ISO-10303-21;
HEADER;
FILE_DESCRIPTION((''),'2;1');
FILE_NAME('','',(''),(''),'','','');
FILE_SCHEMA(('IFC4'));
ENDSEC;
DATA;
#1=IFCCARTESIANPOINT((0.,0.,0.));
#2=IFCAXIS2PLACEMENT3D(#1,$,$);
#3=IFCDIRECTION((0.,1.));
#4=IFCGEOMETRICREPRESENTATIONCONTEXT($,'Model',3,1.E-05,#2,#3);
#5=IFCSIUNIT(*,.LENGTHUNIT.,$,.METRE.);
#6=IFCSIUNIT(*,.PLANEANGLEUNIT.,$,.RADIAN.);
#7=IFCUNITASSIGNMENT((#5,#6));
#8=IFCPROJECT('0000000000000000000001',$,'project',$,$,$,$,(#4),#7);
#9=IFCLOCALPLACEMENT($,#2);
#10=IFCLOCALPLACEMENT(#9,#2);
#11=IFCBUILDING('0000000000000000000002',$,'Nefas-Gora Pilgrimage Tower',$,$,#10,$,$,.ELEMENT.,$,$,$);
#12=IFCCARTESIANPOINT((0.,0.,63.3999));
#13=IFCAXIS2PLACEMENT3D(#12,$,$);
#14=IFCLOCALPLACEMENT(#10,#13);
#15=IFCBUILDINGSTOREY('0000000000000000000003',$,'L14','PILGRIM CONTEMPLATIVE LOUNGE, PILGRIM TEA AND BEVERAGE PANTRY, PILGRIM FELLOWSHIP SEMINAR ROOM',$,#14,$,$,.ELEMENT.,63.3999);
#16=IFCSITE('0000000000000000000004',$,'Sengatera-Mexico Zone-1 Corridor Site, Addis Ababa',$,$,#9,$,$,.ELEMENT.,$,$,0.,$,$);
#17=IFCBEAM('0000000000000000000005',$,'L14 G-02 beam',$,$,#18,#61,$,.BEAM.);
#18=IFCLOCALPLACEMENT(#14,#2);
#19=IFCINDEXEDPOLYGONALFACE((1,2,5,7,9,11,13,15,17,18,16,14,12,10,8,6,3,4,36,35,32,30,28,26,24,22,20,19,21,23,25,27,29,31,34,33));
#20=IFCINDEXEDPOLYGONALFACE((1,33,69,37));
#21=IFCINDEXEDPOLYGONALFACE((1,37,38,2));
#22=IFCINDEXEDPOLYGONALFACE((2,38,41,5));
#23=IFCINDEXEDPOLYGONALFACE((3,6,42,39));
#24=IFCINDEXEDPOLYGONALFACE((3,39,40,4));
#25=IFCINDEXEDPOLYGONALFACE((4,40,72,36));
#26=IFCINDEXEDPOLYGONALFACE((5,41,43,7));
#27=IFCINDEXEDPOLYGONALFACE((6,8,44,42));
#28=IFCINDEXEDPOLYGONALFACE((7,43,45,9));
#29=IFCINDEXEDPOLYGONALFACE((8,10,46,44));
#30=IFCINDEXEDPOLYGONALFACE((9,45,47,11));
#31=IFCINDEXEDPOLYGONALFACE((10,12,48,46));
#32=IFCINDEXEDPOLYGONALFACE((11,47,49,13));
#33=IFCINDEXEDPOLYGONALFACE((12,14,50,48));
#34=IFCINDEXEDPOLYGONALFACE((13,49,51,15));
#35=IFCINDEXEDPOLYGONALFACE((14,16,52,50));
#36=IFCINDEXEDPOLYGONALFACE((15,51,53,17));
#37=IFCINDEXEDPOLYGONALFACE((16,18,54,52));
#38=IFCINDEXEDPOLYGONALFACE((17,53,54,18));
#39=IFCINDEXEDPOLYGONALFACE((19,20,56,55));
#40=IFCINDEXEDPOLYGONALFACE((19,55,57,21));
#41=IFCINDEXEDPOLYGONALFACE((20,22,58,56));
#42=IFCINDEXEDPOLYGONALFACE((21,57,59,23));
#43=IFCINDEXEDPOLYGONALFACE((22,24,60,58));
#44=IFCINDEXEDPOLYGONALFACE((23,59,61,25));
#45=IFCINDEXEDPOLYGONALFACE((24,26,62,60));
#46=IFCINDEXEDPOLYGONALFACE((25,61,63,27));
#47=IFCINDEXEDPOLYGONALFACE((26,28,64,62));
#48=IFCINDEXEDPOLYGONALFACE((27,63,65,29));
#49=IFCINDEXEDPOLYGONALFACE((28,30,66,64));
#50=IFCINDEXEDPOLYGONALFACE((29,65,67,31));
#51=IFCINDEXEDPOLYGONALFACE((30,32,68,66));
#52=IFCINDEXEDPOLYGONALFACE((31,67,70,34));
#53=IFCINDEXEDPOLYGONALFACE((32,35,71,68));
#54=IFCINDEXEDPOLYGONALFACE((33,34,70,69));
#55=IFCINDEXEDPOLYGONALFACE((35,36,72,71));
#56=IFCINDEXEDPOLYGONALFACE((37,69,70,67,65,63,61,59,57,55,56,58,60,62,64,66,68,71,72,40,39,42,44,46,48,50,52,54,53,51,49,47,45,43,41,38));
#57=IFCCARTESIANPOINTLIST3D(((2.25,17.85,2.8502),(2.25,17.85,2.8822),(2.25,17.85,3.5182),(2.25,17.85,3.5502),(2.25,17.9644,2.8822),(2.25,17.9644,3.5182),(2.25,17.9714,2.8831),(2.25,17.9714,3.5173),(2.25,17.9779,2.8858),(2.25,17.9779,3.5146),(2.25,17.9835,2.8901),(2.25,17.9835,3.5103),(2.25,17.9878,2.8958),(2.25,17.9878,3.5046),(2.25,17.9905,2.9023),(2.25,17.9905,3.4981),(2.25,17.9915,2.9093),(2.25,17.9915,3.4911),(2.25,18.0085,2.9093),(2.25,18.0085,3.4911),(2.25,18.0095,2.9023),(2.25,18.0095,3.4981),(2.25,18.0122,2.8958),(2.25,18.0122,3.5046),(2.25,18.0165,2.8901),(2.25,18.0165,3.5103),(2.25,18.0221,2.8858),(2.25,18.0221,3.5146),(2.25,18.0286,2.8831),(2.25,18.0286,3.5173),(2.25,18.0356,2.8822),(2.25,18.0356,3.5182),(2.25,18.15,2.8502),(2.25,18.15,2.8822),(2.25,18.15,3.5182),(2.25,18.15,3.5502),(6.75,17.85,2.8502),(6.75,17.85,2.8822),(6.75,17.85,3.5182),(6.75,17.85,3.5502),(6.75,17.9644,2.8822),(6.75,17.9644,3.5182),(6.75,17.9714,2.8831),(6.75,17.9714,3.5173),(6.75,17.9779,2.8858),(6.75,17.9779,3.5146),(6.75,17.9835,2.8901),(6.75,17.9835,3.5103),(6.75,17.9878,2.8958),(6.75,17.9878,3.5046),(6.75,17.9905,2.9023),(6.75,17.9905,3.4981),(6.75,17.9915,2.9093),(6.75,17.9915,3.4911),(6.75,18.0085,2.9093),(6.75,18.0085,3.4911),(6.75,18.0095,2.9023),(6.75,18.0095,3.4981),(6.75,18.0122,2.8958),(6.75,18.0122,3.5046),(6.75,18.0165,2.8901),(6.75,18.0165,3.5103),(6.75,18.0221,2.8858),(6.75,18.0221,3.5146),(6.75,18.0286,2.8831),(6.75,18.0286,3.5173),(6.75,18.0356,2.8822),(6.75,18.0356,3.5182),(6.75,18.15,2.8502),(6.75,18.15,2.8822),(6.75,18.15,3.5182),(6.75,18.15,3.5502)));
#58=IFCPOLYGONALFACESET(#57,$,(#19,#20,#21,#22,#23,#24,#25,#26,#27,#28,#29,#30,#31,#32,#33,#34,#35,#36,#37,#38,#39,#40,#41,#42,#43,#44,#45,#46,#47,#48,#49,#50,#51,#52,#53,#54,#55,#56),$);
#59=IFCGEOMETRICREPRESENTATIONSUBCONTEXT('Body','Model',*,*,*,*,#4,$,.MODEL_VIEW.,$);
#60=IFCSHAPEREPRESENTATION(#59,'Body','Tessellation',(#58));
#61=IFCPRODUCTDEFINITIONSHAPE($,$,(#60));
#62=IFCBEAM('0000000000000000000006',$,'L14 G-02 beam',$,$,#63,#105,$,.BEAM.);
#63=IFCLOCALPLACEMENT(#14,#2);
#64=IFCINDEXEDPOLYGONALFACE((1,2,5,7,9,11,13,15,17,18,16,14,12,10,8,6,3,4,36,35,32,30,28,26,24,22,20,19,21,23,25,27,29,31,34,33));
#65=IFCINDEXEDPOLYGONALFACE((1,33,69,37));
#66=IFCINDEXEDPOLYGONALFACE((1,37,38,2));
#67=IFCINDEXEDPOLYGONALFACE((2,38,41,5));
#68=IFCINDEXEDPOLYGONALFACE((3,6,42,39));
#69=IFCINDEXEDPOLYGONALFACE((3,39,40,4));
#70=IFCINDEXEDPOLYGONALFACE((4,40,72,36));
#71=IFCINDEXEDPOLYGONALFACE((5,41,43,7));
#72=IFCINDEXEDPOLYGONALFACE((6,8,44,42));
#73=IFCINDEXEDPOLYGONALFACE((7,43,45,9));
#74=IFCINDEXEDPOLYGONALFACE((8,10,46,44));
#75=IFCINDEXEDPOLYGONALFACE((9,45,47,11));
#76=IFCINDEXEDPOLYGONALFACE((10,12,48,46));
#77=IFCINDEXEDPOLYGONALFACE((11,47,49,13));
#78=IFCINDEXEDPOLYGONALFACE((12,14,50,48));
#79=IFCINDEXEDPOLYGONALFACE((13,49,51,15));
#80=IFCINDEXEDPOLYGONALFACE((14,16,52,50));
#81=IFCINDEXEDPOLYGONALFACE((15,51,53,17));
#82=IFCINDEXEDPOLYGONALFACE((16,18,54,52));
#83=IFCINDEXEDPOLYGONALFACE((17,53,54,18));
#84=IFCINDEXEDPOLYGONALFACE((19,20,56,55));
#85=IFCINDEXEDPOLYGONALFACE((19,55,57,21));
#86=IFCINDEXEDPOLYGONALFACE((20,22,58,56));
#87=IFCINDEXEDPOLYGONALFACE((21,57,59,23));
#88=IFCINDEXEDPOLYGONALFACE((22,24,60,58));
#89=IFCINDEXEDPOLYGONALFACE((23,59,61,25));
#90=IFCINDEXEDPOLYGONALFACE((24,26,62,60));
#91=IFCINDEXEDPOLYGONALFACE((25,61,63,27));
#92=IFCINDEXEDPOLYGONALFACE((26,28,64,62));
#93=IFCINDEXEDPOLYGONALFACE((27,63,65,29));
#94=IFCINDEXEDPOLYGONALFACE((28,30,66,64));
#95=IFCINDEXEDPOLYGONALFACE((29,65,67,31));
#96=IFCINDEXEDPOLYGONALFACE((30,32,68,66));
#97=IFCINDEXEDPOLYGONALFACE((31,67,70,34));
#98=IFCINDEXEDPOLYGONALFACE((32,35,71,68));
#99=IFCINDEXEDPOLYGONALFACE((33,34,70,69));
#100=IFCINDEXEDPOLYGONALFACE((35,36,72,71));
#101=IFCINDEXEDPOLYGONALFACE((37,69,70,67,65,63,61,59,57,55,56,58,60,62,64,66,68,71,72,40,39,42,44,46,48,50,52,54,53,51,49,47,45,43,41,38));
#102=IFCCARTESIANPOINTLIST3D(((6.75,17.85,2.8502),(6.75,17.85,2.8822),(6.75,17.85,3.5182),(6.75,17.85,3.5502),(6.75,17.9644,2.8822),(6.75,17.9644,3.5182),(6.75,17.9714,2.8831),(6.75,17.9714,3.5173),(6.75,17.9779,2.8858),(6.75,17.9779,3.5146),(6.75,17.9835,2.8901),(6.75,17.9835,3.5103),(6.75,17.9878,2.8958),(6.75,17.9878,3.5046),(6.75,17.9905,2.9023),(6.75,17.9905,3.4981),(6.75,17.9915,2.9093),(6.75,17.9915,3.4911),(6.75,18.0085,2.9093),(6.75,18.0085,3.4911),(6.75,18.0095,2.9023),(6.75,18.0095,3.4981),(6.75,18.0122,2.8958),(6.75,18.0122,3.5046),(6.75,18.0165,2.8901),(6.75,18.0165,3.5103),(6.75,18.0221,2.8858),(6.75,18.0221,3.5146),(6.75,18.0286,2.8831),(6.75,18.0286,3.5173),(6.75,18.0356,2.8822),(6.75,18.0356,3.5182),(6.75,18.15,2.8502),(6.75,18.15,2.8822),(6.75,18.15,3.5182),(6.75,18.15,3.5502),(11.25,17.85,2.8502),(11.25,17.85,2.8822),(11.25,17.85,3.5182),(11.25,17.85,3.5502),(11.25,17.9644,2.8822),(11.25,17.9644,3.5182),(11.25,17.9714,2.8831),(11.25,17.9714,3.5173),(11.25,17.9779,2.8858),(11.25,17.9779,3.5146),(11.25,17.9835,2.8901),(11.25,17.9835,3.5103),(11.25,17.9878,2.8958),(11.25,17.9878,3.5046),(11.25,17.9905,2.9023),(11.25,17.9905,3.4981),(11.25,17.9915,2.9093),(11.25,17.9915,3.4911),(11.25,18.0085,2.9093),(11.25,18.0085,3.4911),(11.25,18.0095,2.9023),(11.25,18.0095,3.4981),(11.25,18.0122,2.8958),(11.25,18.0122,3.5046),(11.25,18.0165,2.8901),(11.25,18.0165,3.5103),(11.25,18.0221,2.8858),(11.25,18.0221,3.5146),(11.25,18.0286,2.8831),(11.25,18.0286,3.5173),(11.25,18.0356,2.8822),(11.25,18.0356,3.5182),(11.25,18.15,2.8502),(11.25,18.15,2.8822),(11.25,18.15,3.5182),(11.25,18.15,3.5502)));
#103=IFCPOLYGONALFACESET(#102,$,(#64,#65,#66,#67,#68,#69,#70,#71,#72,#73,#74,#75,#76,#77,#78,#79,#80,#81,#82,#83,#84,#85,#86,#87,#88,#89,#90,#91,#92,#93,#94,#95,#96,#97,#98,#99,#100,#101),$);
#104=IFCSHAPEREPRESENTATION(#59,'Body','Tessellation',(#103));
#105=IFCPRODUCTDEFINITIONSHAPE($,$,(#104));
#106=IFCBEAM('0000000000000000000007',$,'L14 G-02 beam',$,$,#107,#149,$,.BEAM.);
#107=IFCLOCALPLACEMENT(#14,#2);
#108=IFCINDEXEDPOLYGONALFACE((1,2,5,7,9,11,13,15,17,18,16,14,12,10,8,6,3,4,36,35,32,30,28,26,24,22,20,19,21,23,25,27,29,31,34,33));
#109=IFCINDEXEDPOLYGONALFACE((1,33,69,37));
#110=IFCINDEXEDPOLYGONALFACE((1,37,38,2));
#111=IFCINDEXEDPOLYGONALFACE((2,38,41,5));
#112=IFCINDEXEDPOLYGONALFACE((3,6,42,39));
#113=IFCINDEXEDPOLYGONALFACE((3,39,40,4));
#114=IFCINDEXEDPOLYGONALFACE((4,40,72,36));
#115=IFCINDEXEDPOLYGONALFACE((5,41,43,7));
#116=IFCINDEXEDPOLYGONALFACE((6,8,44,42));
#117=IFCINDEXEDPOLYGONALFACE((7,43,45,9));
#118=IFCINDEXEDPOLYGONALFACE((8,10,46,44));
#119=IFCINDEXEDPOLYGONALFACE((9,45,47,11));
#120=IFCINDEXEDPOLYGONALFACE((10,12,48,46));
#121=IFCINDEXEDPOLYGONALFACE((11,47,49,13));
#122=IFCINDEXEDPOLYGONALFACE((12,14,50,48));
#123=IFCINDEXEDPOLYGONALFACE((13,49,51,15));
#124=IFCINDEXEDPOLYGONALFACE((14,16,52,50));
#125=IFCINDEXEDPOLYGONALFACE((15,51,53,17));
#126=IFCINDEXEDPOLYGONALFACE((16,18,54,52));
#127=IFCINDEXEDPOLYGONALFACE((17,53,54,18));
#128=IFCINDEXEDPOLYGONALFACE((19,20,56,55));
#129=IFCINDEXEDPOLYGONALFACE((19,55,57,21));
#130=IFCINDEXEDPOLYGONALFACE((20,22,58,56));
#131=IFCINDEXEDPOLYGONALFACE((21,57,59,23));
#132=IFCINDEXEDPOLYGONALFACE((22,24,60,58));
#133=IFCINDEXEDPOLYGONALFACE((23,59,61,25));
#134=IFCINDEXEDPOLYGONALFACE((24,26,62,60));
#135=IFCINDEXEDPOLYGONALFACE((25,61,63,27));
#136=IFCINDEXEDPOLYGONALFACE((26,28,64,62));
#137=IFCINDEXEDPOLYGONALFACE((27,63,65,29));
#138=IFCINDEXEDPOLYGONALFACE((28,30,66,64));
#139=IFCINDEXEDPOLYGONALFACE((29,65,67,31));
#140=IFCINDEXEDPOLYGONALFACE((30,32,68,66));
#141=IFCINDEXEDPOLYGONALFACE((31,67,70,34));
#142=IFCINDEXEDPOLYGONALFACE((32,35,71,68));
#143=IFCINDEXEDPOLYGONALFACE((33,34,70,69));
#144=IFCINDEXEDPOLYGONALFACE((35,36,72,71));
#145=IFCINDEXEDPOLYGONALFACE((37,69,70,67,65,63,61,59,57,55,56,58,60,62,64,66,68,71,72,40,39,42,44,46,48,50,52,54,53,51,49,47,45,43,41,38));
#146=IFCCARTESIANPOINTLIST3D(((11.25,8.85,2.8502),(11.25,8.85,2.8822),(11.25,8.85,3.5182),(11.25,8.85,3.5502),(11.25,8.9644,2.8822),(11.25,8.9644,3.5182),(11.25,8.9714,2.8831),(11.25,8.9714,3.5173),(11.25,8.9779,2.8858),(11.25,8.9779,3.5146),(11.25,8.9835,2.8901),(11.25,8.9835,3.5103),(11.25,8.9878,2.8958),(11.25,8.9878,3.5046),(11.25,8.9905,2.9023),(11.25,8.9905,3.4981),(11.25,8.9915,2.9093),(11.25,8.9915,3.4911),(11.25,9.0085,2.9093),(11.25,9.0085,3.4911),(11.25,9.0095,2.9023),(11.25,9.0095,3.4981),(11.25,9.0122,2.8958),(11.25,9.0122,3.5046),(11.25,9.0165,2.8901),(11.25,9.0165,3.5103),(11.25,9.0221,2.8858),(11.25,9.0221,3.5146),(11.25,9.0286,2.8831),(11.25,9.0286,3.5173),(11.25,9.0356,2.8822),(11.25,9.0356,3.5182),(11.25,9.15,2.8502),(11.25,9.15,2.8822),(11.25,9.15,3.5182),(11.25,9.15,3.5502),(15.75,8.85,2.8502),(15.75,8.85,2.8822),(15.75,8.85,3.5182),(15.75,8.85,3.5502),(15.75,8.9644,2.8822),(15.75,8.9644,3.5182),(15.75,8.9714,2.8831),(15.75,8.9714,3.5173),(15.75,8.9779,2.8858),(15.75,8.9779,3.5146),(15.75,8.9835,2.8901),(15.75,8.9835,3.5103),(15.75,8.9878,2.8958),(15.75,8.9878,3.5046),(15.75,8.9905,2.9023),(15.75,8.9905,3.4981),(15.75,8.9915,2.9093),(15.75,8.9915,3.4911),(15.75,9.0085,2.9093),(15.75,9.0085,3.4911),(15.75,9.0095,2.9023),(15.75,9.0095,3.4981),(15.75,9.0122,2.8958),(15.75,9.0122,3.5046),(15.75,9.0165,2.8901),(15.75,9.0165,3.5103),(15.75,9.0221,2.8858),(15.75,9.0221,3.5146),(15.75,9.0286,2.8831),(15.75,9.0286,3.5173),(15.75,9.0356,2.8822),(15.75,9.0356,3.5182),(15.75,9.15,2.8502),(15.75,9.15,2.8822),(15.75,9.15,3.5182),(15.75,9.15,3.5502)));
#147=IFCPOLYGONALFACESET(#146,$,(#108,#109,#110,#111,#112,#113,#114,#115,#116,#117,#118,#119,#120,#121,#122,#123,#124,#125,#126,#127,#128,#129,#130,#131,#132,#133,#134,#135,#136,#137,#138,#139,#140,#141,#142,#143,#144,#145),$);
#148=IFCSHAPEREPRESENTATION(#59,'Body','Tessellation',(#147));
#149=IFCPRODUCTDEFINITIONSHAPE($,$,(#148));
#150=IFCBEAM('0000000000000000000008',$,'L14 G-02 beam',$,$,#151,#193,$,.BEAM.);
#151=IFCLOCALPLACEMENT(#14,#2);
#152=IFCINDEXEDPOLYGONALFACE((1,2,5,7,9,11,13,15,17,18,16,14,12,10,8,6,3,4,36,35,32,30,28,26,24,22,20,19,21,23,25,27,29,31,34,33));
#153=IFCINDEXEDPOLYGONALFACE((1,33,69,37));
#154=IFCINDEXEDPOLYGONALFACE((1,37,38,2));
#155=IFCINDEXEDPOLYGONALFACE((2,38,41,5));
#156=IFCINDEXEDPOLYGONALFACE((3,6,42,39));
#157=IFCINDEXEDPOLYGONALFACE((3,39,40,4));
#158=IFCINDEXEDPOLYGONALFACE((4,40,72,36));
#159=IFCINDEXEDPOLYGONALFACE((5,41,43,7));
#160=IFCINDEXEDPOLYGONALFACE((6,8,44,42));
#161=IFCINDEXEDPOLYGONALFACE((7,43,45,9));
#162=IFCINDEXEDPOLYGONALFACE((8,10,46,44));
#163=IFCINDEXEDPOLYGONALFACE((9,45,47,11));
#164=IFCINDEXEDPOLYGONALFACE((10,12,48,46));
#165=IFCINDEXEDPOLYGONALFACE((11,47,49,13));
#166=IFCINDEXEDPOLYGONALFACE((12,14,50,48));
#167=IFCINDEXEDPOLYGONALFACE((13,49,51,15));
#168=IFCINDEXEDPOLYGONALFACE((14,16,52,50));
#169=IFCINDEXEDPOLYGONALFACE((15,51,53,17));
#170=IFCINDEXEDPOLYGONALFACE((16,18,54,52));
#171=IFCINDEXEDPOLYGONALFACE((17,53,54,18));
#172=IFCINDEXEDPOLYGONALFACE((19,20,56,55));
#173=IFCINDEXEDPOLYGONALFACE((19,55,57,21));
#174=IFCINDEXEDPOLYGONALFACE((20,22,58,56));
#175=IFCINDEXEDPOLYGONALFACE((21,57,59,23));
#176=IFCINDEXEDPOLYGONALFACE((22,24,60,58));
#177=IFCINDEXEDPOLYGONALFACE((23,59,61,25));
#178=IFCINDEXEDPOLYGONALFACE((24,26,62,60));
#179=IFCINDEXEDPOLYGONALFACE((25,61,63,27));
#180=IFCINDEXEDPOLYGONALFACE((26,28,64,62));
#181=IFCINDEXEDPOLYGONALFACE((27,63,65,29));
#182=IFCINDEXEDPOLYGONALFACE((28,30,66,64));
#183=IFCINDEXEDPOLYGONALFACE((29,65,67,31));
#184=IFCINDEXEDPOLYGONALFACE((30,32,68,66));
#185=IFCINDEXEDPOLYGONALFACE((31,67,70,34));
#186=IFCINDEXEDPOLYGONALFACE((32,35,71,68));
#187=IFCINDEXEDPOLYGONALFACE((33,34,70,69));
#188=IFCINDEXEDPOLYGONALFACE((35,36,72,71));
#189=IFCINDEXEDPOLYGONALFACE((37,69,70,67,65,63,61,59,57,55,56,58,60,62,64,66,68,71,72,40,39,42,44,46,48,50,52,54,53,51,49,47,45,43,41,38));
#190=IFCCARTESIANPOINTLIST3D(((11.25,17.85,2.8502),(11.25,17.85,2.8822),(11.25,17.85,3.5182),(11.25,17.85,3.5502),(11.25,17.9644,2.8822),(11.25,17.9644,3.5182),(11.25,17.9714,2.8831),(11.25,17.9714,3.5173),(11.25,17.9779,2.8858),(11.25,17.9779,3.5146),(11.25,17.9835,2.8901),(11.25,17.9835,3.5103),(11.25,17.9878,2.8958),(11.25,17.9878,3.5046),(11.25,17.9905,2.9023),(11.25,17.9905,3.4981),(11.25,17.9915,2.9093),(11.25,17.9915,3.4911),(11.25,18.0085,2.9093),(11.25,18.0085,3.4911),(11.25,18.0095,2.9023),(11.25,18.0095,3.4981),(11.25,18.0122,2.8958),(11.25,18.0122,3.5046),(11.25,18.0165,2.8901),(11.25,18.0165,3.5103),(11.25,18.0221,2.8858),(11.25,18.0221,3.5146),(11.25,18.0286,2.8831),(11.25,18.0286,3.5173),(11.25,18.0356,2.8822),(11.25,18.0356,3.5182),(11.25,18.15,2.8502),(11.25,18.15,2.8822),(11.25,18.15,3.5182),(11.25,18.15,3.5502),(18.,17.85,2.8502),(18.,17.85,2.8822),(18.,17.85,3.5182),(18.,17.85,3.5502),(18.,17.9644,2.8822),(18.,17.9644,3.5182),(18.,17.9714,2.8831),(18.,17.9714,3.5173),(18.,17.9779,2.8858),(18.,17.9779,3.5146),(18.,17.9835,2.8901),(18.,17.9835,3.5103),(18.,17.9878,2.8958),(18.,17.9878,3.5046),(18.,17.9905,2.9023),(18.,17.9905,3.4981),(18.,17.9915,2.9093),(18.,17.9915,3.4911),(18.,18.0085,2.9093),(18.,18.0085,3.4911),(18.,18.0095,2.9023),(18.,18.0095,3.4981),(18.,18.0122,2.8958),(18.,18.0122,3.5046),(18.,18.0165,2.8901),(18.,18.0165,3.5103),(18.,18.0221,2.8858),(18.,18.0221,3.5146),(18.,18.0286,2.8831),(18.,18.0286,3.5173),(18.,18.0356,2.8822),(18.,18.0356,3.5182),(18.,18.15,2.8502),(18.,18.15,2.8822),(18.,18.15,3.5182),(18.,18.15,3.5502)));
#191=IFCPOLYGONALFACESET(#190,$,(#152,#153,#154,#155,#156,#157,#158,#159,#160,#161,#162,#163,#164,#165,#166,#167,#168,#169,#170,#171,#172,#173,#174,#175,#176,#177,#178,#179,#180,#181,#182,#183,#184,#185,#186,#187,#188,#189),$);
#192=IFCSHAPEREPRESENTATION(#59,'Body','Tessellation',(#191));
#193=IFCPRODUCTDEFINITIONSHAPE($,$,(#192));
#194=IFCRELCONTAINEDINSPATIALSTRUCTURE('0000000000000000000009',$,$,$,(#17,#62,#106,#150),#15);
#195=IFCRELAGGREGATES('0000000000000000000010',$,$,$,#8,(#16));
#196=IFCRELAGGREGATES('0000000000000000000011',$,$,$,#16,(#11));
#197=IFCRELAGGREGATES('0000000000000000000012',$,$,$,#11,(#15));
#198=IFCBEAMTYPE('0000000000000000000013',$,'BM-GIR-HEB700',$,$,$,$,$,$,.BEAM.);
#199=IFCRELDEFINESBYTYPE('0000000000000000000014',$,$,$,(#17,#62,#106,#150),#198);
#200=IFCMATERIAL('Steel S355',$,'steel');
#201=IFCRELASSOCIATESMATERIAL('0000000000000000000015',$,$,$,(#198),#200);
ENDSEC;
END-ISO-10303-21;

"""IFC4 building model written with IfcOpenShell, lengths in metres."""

from ifc_helpers import new_model, si_unit, direction, frame, origin, origin_2d, place, context, subcontext, project, spatial, i_section, extrude, source, transform, mapped, material, material_profile, profile_set, type_object, element, save


model = new_model("IFC4")

# Units and contexts
model_context = context("Model", 3, precision=1e-05, world=origin(), true_north=direction((0.0, 1.0)))
body_context = subcontext(model_context, "Body", "Model", "MODEL_VIEW")
ifc_project = project(units=[si_unit("LENGTHUNIT", "METRE"), si_unit("PLANEANGLEUNIT", "RADIAN")], contexts=[model_context])

# Site, building, storey
site_placement = place(None, origin())
site = spatial("IfcSite", under=ifc_project, at=site_placement, Name="Sengatera-Mexico Zone-1 Corridor Site, Addis Ababa", CompositionType="ELEMENT", RefElevation=0.0)
building_placement = place(site_placement, origin())
building = spatial("IfcBuilding", under=site, at=building_placement, Name="Nefas-Gora Pilgrimage Tower", CompositionType="ELEMENT")
storey_placement = place(building_placement, frame((0.0, 0.0, 63.3999)))
storey = spatial("IfcBuildingStorey", under=building, at=storey_placement, Name="L14", Description="PILGRIM CONTEMPLATIVE LOUNGE, PILGRIM TEA AND BEVERAGE PANTRY, PILGRIM FELLOWSHIP SEMINAR ROOM", CompositionType="ELEMENT", Elevation=63.3999)

# Beams
ifc_material_1 = material(Name="Steel S355", Category="steel")
ifc_material_profile_1 = material_profile(ifc_material_1, i_section(OverallWidth=0.3, OverallDepth=0.7, WebThickness=0.0171, FlangeThickness=0.032, FilletRadius=0.0271, at=origin_2d()), Name="HEB 700")
ifc_profile_set_1 = profile_set([ifc_material_profile_1], Name="Steel S355")
beam_type_1 = type_object("IfcBeamType", Name="BM-GIR-HEB700", PredefinedType="BEAM", material=ifc_profile_set_1)
shared_shape_1 = source(origin(), body_context, "Body", "SweptSolid", [
    extrude(i_section(OverallWidth=0.3, OverallDepth=0.7, WebThickness=0.0171, FlangeThickness=0.032, FilletRadius=0.0271, at=origin_2d()), origin(), (0.0, 0.0, 1.0), 4.5),
])
for number, where, z_axis, x_axis, name in (
    (1, (2.25, 18.0, 3.2002), (1.0, 0.0, 0.0), (0.0, 1.0, 0.0), "L14 G-02 beam"),
    (2, (6.75, 18.0, 3.2002), (1.0, 0.0, 0.0), (0.0, 1.0, 0.0), "L14 G-02 beam"),
    (3, (11.25, 9.0, 3.2002), (1.0, 0.0, 0.0), (0.0, 1.0, 0.0), "L14 G-02 beam"),
):
    element("IfcBeam", number, at=place(storey_placement, frame(where, z_axis=z_axis, x_axis=x_axis)), inside=storey, type_object=beam_type_1, Name=name, PredefinedType="BEAM", context=body_context, shape_type="MappedRepresentation", body=[
        mapped(shared_shape_1, transform((0.0, 0.0, 0.0), x_axis=(1.0, 0.0, 0.0), y_axis=(0.0, 1.0, 0.0), z_axis=(0.0, 0.0, 1.0), scale=1.0)),
    ])
shared_shape_2 = source(origin(), body_context, "Body", "SweptSolid", [
    extrude(i_section(OverallWidth=0.3, OverallDepth=0.7, WebThickness=0.0171, FlangeThickness=0.032, FilletRadius=0.0271, at=origin_2d()), origin(), (0.0, 0.0, 1.0), 6.75),
])
beam_1_placement = place(storey_placement, frame((11.25, 18.0, 3.2002), z_axis=(1.0, 0.0, 0.0), x_axis=(0.0, 1.0, 0.0)))
element("IfcBeam", 4, at=beam_1_placement, inside=storey, type_object=beam_type_1, Name="L14 G-02 beam", PredefinedType="BEAM", context=body_context, shape_type="MappedRepresentation", body=[
    mapped(shared_shape_2, transform((0.0, 0.0, 0.0), x_axis=(1.0, 0.0, 0.0), y_axis=(0.0, 1.0, 0.0), z_axis=(0.0, 0.0, 1.0), scale=1.0)),
])

save(model, "model.ifc")
